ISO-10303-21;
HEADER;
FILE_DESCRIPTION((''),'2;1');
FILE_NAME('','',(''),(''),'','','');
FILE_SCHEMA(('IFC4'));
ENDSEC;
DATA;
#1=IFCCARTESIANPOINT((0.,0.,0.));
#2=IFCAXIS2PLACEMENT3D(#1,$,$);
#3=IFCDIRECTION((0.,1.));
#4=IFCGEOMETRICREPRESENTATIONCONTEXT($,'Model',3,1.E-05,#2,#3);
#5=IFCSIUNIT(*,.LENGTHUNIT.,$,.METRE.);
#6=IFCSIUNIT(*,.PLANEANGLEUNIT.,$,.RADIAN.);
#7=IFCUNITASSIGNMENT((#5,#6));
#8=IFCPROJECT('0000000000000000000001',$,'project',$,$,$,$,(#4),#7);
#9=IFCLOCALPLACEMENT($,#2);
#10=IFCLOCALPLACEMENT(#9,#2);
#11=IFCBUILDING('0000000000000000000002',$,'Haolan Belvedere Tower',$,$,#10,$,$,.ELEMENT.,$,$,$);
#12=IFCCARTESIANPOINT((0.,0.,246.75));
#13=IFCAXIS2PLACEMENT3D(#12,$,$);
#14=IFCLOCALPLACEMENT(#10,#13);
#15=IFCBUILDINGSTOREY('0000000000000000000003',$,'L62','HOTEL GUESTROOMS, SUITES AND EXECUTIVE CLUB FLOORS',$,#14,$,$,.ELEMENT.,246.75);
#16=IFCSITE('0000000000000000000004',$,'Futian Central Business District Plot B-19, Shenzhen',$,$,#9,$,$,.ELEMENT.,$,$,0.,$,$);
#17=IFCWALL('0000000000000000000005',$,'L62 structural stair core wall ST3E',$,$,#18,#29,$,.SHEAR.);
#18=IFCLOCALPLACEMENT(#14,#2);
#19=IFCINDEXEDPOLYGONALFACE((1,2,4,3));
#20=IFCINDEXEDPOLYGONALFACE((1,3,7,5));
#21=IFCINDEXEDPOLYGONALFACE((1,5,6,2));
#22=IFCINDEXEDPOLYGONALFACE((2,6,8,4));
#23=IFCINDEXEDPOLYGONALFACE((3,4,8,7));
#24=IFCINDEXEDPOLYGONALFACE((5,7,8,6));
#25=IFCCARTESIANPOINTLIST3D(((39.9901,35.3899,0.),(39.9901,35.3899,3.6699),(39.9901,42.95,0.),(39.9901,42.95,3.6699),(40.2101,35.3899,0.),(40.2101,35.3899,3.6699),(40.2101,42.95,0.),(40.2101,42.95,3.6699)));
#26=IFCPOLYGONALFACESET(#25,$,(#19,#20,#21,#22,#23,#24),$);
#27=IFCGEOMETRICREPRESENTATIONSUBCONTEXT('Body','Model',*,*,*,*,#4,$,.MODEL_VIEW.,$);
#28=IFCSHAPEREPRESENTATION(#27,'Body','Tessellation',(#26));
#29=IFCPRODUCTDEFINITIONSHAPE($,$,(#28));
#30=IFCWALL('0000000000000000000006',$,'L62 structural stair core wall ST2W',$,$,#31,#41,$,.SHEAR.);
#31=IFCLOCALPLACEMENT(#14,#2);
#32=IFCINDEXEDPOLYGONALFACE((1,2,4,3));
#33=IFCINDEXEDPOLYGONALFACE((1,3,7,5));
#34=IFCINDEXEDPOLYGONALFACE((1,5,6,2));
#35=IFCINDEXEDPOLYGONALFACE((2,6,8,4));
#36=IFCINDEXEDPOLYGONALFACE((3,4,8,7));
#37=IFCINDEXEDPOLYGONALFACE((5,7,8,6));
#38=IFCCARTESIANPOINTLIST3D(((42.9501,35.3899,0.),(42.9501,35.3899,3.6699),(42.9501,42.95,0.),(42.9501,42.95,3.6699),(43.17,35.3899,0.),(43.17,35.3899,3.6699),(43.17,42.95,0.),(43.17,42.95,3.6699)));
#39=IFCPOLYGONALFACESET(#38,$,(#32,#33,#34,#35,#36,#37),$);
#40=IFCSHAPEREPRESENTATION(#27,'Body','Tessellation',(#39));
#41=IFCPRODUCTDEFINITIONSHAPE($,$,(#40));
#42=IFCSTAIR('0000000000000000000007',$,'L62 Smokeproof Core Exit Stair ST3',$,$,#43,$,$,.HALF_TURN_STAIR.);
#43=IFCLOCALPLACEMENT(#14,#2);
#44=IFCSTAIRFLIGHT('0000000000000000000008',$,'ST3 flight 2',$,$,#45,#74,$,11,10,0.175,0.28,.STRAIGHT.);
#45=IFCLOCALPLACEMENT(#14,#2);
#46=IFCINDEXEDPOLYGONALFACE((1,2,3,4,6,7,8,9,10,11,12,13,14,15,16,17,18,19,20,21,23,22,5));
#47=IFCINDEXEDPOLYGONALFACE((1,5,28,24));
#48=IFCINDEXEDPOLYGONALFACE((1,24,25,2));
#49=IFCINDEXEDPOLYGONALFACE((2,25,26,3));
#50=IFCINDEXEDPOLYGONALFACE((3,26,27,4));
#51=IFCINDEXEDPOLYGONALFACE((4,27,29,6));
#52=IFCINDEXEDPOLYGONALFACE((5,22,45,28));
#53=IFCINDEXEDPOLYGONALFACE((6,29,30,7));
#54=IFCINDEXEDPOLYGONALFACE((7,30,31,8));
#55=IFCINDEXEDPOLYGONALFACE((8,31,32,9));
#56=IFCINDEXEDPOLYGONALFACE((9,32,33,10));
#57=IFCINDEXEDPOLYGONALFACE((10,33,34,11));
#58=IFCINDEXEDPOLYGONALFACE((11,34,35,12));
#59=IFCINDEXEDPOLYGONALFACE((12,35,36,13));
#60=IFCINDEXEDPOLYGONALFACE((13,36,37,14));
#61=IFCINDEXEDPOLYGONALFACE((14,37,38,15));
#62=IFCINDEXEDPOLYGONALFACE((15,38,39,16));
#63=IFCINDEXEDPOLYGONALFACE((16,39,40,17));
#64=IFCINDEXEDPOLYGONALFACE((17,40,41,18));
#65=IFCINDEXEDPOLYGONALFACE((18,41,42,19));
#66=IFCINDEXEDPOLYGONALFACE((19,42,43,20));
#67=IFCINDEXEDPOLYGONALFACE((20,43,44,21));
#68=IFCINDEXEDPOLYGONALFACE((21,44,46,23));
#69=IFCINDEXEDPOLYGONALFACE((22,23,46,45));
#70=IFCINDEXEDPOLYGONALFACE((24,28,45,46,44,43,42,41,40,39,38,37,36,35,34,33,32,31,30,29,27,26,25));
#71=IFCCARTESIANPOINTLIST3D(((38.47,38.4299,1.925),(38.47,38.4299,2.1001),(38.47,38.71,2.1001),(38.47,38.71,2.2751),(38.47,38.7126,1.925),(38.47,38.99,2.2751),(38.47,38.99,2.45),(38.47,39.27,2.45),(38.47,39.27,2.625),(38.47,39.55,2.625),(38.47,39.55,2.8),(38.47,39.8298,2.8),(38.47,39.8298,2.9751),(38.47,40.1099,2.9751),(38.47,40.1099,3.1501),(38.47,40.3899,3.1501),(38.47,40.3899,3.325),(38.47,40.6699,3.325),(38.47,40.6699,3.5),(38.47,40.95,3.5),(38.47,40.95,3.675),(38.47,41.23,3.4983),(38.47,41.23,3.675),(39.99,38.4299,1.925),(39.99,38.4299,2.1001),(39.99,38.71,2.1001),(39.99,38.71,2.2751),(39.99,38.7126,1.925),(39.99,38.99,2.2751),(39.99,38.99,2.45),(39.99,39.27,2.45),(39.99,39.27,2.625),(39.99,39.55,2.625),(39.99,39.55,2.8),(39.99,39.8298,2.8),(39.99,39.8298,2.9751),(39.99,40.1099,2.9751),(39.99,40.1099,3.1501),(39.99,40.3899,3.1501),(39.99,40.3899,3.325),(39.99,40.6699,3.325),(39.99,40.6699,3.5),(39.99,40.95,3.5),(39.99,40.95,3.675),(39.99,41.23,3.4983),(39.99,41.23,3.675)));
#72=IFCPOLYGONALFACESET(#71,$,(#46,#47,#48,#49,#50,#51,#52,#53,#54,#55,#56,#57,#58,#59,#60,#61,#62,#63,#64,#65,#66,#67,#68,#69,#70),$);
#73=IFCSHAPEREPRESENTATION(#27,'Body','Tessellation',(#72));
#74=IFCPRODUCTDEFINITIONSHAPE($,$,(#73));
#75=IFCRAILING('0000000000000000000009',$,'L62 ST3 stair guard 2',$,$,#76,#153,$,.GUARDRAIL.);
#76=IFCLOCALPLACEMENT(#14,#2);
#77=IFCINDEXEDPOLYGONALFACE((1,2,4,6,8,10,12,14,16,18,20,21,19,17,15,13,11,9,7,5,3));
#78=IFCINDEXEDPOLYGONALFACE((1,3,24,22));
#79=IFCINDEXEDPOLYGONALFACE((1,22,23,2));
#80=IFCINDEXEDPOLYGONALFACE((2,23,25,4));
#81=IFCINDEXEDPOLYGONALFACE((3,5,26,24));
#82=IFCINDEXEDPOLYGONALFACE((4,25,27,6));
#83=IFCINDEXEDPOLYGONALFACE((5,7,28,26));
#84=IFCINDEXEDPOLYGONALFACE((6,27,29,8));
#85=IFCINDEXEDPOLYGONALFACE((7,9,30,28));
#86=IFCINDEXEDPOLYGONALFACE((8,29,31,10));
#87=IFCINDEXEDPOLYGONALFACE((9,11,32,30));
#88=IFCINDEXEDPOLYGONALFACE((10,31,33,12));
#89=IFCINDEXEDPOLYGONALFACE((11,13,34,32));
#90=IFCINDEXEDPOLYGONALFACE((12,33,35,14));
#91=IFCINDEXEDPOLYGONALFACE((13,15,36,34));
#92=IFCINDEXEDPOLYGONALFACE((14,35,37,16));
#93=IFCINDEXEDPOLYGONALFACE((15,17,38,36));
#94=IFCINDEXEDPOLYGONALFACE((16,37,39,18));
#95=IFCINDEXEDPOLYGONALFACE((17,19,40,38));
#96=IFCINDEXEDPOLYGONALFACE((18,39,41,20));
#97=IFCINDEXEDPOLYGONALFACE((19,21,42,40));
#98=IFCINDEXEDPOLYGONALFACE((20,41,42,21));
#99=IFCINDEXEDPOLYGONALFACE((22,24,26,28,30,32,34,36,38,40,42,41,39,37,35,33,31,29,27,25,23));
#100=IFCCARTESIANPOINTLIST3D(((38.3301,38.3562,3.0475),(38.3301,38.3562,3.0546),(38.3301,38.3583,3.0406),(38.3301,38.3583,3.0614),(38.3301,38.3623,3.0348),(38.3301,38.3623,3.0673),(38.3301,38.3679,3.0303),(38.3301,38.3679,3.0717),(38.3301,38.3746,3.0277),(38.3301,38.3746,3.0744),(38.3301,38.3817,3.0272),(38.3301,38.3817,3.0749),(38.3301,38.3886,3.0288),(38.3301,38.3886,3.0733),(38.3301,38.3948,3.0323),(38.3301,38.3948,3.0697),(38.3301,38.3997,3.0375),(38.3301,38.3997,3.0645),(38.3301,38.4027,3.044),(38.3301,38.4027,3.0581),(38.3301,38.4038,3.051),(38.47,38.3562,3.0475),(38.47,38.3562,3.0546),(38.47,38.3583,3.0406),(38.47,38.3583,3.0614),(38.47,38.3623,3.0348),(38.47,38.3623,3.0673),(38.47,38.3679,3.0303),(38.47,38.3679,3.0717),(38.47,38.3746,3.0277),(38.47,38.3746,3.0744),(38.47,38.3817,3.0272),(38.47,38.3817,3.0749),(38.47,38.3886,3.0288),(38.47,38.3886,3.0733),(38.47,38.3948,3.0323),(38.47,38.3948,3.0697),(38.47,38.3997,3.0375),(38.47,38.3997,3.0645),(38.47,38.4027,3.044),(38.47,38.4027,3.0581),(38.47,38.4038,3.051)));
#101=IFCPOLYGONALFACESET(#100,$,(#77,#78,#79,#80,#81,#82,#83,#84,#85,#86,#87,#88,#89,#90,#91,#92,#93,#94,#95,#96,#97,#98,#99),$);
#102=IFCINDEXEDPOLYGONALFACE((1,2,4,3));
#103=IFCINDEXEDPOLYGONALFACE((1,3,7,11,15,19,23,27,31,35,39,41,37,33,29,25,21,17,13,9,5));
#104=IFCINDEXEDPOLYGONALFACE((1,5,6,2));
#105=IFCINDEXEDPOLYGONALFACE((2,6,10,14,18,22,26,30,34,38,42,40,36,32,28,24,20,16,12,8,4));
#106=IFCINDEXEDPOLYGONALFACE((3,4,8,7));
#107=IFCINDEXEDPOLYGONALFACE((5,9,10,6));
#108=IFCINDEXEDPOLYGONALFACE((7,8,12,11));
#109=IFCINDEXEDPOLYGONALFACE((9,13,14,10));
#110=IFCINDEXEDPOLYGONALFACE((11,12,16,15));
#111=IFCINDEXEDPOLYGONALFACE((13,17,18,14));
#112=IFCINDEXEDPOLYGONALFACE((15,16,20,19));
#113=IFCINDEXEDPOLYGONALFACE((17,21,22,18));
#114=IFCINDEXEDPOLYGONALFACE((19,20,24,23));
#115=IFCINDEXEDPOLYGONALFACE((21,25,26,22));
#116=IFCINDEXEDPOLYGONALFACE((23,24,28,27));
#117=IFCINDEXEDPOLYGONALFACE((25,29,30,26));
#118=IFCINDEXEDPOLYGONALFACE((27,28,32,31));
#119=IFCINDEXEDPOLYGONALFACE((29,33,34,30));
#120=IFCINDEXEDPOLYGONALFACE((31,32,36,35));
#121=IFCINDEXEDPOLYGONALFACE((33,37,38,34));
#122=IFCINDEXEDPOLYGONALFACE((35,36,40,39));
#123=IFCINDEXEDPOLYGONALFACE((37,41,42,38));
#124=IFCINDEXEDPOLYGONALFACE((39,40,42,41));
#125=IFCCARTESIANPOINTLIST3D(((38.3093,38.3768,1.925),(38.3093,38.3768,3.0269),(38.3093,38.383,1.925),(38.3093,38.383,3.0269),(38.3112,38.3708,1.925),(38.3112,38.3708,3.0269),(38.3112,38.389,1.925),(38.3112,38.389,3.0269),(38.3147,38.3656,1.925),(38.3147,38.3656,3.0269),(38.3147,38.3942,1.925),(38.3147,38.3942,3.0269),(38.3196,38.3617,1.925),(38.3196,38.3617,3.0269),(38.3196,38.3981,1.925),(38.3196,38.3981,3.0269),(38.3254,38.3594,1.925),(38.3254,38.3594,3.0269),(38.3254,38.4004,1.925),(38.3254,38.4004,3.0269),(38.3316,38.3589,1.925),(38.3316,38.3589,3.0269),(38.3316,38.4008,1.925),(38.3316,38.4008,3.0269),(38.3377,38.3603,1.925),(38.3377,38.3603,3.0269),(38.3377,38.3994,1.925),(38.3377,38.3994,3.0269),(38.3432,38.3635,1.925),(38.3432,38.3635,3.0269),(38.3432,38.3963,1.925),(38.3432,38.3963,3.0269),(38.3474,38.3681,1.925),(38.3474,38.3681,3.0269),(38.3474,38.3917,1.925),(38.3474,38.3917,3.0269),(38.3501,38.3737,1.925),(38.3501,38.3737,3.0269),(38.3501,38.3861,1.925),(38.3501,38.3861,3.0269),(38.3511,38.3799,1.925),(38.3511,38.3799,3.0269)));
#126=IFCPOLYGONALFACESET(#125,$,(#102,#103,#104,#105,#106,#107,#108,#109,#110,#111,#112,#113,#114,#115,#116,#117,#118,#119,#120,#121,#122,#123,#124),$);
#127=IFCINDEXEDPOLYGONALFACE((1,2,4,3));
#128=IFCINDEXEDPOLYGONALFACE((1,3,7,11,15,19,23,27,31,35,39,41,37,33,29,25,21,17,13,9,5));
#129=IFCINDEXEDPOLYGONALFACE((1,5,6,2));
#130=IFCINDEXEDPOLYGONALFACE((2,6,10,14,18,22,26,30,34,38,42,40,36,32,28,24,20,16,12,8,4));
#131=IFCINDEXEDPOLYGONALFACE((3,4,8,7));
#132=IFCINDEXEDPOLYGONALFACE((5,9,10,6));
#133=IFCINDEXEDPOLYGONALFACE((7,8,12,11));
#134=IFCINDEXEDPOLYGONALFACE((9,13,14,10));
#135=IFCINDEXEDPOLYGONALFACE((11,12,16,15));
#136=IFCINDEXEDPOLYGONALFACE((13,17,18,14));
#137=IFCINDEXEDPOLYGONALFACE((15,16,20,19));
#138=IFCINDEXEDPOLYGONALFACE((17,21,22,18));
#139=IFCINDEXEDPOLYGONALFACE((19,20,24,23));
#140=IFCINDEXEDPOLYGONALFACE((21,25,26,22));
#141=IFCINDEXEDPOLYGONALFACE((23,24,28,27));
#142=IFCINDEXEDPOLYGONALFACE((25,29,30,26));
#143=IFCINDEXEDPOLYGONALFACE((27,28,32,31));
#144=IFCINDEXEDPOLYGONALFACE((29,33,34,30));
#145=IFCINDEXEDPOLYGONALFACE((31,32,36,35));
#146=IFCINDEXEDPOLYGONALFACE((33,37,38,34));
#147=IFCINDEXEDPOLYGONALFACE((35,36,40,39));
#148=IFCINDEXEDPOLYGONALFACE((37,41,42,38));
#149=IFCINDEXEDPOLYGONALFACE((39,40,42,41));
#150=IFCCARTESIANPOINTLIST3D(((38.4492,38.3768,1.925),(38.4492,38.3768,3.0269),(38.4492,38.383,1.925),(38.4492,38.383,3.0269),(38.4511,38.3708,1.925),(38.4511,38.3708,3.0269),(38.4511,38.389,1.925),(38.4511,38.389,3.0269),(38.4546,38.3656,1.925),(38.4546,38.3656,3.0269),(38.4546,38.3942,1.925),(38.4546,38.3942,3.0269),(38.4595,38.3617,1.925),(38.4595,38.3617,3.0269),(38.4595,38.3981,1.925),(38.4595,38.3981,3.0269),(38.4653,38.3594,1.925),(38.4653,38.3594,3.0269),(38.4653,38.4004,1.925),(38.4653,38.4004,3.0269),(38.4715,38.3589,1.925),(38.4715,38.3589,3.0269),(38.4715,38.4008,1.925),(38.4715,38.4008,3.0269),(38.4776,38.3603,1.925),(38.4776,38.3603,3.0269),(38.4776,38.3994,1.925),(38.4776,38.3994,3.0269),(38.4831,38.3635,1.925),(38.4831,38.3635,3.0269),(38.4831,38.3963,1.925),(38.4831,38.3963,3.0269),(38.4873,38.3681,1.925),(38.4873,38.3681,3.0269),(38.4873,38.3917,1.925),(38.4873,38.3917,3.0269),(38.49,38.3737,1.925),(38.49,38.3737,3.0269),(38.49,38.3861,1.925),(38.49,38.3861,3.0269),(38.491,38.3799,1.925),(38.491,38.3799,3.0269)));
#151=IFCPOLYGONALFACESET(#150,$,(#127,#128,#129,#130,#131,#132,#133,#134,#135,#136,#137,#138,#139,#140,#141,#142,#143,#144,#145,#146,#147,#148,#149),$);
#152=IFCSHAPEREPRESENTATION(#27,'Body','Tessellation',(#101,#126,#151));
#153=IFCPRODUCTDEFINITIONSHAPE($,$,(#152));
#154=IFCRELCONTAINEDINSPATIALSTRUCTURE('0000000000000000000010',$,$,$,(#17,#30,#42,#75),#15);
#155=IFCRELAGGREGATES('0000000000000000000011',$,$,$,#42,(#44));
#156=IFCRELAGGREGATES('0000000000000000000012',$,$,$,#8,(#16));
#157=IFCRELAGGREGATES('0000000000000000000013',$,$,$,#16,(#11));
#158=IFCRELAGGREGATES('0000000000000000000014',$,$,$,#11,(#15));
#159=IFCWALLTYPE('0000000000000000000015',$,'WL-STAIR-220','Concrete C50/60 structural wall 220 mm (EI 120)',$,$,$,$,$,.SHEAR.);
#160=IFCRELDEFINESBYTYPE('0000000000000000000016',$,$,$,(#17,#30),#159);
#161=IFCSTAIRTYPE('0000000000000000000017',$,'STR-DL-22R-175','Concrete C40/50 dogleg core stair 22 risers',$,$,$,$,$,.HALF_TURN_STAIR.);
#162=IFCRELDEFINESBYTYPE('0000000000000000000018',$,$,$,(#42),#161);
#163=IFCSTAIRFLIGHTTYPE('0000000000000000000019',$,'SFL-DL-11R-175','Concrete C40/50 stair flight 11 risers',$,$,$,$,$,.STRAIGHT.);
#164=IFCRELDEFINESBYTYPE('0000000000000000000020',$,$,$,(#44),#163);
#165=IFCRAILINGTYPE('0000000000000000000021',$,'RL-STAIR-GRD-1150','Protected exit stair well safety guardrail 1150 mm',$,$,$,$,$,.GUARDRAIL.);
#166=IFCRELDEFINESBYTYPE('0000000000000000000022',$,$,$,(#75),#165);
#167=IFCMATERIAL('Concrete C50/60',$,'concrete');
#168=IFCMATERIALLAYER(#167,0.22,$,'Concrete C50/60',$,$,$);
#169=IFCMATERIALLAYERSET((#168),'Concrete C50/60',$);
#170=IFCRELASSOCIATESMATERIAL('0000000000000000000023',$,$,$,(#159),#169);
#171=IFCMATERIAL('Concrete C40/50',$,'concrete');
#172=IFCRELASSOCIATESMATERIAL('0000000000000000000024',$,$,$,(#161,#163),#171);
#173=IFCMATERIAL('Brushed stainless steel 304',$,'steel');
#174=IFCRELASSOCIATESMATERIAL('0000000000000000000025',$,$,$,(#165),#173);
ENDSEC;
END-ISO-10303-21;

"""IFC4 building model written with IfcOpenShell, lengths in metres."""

from ifc_helpers import new_model, si_unit, direction, frame, frame_2d, origin, origin_2d, place, context, subcontext, project, spatial, polyline, rectangle, circle, outline, extrude, material, layer, layer_set, type_object, element, aggregate, save


model = new_model("IFC4")

# Units and contexts
model_context = context("Model", 3, precision=1e-05, world=origin(), true_north=direction((0.0, 1.0)))
body_context = subcontext(model_context, "Body", "Model", "MODEL_VIEW")
ifc_project = project(units=[si_unit("LENGTHUNIT", "METRE"), si_unit("PLANEANGLEUNIT", "RADIAN")], contexts=[model_context])

# Site, building, storey
site_placement = place(None, origin())
site = spatial("IfcSite", under=ifc_project, at=site_placement, Name="Futian Central Business District Plot B-19, Shenzhen", CompositionType="ELEMENT", RefElevation=0.0)
building_placement = place(site_placement, origin())
building = spatial("IfcBuilding", under=site, at=building_placement, Name="Haolan Belvedere Tower", CompositionType="ELEMENT")
storey_placement = place(building_placement, frame((0.0, 0.0, 246.75)))
storey = spatial("IfcBuildingStorey", under=building, at=storey_placement, Name="L62", Description="HOTEL GUESTROOMS, SUITES AND EXECUTIVE CLUB FLOORS", CompositionType="ELEMENT", Elevation=246.75)

# Walls
ifc_material_1 = material(Name="Concrete C50/60", Category="concrete")
ifc_layer_1 = layer(ifc_material_1, 0.22, Name="Concrete C50/60")
ifc_layer_set_1 = layer_set([ifc_layer_1], Name="Concrete C50/60")
wall_type_1 = type_object("IfcWallType", Name="WL-STAIR-220", Description="Concrete C50/60 structural wall 220 mm (EI 120)", PredefinedType="SHEAR", material=ifc_layer_set_1)
for number, where, z_axis, x_axis, name in (
    (1, (40.1001, 35.3899, 0.0), (0.0, 0.0, 1.0), (0.0, 1.0, 0.0), "L62 structural stair core wall ST3E"),
    (2, (43.0601, 35.3899, 0.0), (0.0, 0.0, 1.0), (0.0, 1.0, 0.0), "L62 structural stair core wall ST2W"),
):
    element("IfcWall", number, at=place(storey_placement, frame(where, z_axis=z_axis, x_axis=x_axis)), inside=storey, type_object=wall_type_1, Name=name, PredefinedType="SHEAR", context=body_context, shape_type="SweptSolid", body=[
        extrude(rectangle(XDim=7.5601, YDim=0.22, at=frame_2d((3.78, 0.0))), origin(), (0.0, 0.0, 1.0), 3.6699),
    ])

# Stair, stair flight
ifc_material_2 = material(Name="Concrete C40/50", Category="concrete")
stair_type = type_object("IfcStairType", Name="STR-DL-22R-175", Description="Concrete C40/50 dogleg core stair 22 risers", PredefinedType="HALF_TURN_STAIR", material=ifc_material_2)
stair_placement = place(storey_placement, origin())
stair = element("IfcStair", 3, at=stair_placement, inside=storey, type_object=stair_type, Name="L62 Smokeproof Core Exit Stair ST3", PredefinedType="HALF_TURN_STAIR")
stair_flight_type = type_object("IfcStairFlightType", Name="SFL-DL-11R-175", Description="Concrete C40/50 stair flight 11 risers", PredefinedType="STRAIGHT", material=ifc_material_2)
stair_flight_placement = place(storey_placement, frame((39.23, 38.4299, 1.925), z_axis=(0.0, 0.0, 1.0), x_axis=(0.0, 1.0, 0.0)))
stair_flight = element("IfcStairFlight", 4, at=stair_flight_placement, type_object=stair_flight_type, Name="ST3 flight 2", NumberOfRisers=11, NumberOfTreads=10, PredefinedType="STRAIGHT", RiserHeight=0.175, TreadLength=0.28, context=body_context, shape_type="SweptSolid", body=[
    extrude(outline(polyline([(0.0, 0.0), (0.0, 0.175), (0.28, 0.175), (0.28, 0.3501), (0.5601, 0.3501), (0.5601, 0.5249), (0.8401, 0.5249), (0.8401, 0.7), (1.1201, 0.7), (1.1201, 0.875), (1.3999, 0.875), (1.3999, 1.05), (1.6799, 1.05), (1.6799, 1.2251), (1.96, 1.2251), (1.96, 1.3999), (2.24, 1.3999), (2.24, 1.575), (2.52, 1.575), (2.52, 1.75), (2.8, 1.75), (2.8, 1.925), (2.8, 1.5732), (0.2827, 0.0), (0.0, 0.0)])), frame((0.0, 0.76, 0.0), z_axis=(0.0, -1.0, 0.0), x_axis=(1.0, 0.0, 0.0)), (0.0, 0.0, 1.0), 1.52),
])
aggregate(stair, [stair_flight])

# Railing
ifc_material_3 = material(Name="Brushed stainless steel 304", Category="steel")
railing_type_1 = type_object("IfcRailingType", Name="RL-STAIR-GRD-1150", Description="Protected exit stair well safety guardrail 1150 mm", PredefinedType="GUARDRAIL", material=ifc_material_3)
railing_1_placement = place(storey_placement, frame((38.3301, 38.3799, 1.925)))
element("IfcRailing", 5, at=railing_1_placement, inside=storey, type_object=railing_type_1, Name="L62 ST3 stair guard 2", PredefinedType="GUARDRAIL", context=body_context, shape_type="SweptSolid", body=[
    extrude(circle(Radius=0.0239, at=origin_2d()), frame((0.0, 0.0, 1.126), z_axis=(1.0, 0.0, 0.0), x_axis=(0.0, 1.0, 0.0)), (0.0, 0.0, 1.0), 0.1399),
    extrude(circle(Radius=0.021, at=origin_2d()), origin(), (0.0, 0.0, 1.0), 1.1018),
    extrude(circle(Radius=0.021, at=origin_2d()), frame((0.1399, 0.0, 0.0)), (0.0, 0.0, 1.0), 1.1018),
])

save(model, "model.ifc")
